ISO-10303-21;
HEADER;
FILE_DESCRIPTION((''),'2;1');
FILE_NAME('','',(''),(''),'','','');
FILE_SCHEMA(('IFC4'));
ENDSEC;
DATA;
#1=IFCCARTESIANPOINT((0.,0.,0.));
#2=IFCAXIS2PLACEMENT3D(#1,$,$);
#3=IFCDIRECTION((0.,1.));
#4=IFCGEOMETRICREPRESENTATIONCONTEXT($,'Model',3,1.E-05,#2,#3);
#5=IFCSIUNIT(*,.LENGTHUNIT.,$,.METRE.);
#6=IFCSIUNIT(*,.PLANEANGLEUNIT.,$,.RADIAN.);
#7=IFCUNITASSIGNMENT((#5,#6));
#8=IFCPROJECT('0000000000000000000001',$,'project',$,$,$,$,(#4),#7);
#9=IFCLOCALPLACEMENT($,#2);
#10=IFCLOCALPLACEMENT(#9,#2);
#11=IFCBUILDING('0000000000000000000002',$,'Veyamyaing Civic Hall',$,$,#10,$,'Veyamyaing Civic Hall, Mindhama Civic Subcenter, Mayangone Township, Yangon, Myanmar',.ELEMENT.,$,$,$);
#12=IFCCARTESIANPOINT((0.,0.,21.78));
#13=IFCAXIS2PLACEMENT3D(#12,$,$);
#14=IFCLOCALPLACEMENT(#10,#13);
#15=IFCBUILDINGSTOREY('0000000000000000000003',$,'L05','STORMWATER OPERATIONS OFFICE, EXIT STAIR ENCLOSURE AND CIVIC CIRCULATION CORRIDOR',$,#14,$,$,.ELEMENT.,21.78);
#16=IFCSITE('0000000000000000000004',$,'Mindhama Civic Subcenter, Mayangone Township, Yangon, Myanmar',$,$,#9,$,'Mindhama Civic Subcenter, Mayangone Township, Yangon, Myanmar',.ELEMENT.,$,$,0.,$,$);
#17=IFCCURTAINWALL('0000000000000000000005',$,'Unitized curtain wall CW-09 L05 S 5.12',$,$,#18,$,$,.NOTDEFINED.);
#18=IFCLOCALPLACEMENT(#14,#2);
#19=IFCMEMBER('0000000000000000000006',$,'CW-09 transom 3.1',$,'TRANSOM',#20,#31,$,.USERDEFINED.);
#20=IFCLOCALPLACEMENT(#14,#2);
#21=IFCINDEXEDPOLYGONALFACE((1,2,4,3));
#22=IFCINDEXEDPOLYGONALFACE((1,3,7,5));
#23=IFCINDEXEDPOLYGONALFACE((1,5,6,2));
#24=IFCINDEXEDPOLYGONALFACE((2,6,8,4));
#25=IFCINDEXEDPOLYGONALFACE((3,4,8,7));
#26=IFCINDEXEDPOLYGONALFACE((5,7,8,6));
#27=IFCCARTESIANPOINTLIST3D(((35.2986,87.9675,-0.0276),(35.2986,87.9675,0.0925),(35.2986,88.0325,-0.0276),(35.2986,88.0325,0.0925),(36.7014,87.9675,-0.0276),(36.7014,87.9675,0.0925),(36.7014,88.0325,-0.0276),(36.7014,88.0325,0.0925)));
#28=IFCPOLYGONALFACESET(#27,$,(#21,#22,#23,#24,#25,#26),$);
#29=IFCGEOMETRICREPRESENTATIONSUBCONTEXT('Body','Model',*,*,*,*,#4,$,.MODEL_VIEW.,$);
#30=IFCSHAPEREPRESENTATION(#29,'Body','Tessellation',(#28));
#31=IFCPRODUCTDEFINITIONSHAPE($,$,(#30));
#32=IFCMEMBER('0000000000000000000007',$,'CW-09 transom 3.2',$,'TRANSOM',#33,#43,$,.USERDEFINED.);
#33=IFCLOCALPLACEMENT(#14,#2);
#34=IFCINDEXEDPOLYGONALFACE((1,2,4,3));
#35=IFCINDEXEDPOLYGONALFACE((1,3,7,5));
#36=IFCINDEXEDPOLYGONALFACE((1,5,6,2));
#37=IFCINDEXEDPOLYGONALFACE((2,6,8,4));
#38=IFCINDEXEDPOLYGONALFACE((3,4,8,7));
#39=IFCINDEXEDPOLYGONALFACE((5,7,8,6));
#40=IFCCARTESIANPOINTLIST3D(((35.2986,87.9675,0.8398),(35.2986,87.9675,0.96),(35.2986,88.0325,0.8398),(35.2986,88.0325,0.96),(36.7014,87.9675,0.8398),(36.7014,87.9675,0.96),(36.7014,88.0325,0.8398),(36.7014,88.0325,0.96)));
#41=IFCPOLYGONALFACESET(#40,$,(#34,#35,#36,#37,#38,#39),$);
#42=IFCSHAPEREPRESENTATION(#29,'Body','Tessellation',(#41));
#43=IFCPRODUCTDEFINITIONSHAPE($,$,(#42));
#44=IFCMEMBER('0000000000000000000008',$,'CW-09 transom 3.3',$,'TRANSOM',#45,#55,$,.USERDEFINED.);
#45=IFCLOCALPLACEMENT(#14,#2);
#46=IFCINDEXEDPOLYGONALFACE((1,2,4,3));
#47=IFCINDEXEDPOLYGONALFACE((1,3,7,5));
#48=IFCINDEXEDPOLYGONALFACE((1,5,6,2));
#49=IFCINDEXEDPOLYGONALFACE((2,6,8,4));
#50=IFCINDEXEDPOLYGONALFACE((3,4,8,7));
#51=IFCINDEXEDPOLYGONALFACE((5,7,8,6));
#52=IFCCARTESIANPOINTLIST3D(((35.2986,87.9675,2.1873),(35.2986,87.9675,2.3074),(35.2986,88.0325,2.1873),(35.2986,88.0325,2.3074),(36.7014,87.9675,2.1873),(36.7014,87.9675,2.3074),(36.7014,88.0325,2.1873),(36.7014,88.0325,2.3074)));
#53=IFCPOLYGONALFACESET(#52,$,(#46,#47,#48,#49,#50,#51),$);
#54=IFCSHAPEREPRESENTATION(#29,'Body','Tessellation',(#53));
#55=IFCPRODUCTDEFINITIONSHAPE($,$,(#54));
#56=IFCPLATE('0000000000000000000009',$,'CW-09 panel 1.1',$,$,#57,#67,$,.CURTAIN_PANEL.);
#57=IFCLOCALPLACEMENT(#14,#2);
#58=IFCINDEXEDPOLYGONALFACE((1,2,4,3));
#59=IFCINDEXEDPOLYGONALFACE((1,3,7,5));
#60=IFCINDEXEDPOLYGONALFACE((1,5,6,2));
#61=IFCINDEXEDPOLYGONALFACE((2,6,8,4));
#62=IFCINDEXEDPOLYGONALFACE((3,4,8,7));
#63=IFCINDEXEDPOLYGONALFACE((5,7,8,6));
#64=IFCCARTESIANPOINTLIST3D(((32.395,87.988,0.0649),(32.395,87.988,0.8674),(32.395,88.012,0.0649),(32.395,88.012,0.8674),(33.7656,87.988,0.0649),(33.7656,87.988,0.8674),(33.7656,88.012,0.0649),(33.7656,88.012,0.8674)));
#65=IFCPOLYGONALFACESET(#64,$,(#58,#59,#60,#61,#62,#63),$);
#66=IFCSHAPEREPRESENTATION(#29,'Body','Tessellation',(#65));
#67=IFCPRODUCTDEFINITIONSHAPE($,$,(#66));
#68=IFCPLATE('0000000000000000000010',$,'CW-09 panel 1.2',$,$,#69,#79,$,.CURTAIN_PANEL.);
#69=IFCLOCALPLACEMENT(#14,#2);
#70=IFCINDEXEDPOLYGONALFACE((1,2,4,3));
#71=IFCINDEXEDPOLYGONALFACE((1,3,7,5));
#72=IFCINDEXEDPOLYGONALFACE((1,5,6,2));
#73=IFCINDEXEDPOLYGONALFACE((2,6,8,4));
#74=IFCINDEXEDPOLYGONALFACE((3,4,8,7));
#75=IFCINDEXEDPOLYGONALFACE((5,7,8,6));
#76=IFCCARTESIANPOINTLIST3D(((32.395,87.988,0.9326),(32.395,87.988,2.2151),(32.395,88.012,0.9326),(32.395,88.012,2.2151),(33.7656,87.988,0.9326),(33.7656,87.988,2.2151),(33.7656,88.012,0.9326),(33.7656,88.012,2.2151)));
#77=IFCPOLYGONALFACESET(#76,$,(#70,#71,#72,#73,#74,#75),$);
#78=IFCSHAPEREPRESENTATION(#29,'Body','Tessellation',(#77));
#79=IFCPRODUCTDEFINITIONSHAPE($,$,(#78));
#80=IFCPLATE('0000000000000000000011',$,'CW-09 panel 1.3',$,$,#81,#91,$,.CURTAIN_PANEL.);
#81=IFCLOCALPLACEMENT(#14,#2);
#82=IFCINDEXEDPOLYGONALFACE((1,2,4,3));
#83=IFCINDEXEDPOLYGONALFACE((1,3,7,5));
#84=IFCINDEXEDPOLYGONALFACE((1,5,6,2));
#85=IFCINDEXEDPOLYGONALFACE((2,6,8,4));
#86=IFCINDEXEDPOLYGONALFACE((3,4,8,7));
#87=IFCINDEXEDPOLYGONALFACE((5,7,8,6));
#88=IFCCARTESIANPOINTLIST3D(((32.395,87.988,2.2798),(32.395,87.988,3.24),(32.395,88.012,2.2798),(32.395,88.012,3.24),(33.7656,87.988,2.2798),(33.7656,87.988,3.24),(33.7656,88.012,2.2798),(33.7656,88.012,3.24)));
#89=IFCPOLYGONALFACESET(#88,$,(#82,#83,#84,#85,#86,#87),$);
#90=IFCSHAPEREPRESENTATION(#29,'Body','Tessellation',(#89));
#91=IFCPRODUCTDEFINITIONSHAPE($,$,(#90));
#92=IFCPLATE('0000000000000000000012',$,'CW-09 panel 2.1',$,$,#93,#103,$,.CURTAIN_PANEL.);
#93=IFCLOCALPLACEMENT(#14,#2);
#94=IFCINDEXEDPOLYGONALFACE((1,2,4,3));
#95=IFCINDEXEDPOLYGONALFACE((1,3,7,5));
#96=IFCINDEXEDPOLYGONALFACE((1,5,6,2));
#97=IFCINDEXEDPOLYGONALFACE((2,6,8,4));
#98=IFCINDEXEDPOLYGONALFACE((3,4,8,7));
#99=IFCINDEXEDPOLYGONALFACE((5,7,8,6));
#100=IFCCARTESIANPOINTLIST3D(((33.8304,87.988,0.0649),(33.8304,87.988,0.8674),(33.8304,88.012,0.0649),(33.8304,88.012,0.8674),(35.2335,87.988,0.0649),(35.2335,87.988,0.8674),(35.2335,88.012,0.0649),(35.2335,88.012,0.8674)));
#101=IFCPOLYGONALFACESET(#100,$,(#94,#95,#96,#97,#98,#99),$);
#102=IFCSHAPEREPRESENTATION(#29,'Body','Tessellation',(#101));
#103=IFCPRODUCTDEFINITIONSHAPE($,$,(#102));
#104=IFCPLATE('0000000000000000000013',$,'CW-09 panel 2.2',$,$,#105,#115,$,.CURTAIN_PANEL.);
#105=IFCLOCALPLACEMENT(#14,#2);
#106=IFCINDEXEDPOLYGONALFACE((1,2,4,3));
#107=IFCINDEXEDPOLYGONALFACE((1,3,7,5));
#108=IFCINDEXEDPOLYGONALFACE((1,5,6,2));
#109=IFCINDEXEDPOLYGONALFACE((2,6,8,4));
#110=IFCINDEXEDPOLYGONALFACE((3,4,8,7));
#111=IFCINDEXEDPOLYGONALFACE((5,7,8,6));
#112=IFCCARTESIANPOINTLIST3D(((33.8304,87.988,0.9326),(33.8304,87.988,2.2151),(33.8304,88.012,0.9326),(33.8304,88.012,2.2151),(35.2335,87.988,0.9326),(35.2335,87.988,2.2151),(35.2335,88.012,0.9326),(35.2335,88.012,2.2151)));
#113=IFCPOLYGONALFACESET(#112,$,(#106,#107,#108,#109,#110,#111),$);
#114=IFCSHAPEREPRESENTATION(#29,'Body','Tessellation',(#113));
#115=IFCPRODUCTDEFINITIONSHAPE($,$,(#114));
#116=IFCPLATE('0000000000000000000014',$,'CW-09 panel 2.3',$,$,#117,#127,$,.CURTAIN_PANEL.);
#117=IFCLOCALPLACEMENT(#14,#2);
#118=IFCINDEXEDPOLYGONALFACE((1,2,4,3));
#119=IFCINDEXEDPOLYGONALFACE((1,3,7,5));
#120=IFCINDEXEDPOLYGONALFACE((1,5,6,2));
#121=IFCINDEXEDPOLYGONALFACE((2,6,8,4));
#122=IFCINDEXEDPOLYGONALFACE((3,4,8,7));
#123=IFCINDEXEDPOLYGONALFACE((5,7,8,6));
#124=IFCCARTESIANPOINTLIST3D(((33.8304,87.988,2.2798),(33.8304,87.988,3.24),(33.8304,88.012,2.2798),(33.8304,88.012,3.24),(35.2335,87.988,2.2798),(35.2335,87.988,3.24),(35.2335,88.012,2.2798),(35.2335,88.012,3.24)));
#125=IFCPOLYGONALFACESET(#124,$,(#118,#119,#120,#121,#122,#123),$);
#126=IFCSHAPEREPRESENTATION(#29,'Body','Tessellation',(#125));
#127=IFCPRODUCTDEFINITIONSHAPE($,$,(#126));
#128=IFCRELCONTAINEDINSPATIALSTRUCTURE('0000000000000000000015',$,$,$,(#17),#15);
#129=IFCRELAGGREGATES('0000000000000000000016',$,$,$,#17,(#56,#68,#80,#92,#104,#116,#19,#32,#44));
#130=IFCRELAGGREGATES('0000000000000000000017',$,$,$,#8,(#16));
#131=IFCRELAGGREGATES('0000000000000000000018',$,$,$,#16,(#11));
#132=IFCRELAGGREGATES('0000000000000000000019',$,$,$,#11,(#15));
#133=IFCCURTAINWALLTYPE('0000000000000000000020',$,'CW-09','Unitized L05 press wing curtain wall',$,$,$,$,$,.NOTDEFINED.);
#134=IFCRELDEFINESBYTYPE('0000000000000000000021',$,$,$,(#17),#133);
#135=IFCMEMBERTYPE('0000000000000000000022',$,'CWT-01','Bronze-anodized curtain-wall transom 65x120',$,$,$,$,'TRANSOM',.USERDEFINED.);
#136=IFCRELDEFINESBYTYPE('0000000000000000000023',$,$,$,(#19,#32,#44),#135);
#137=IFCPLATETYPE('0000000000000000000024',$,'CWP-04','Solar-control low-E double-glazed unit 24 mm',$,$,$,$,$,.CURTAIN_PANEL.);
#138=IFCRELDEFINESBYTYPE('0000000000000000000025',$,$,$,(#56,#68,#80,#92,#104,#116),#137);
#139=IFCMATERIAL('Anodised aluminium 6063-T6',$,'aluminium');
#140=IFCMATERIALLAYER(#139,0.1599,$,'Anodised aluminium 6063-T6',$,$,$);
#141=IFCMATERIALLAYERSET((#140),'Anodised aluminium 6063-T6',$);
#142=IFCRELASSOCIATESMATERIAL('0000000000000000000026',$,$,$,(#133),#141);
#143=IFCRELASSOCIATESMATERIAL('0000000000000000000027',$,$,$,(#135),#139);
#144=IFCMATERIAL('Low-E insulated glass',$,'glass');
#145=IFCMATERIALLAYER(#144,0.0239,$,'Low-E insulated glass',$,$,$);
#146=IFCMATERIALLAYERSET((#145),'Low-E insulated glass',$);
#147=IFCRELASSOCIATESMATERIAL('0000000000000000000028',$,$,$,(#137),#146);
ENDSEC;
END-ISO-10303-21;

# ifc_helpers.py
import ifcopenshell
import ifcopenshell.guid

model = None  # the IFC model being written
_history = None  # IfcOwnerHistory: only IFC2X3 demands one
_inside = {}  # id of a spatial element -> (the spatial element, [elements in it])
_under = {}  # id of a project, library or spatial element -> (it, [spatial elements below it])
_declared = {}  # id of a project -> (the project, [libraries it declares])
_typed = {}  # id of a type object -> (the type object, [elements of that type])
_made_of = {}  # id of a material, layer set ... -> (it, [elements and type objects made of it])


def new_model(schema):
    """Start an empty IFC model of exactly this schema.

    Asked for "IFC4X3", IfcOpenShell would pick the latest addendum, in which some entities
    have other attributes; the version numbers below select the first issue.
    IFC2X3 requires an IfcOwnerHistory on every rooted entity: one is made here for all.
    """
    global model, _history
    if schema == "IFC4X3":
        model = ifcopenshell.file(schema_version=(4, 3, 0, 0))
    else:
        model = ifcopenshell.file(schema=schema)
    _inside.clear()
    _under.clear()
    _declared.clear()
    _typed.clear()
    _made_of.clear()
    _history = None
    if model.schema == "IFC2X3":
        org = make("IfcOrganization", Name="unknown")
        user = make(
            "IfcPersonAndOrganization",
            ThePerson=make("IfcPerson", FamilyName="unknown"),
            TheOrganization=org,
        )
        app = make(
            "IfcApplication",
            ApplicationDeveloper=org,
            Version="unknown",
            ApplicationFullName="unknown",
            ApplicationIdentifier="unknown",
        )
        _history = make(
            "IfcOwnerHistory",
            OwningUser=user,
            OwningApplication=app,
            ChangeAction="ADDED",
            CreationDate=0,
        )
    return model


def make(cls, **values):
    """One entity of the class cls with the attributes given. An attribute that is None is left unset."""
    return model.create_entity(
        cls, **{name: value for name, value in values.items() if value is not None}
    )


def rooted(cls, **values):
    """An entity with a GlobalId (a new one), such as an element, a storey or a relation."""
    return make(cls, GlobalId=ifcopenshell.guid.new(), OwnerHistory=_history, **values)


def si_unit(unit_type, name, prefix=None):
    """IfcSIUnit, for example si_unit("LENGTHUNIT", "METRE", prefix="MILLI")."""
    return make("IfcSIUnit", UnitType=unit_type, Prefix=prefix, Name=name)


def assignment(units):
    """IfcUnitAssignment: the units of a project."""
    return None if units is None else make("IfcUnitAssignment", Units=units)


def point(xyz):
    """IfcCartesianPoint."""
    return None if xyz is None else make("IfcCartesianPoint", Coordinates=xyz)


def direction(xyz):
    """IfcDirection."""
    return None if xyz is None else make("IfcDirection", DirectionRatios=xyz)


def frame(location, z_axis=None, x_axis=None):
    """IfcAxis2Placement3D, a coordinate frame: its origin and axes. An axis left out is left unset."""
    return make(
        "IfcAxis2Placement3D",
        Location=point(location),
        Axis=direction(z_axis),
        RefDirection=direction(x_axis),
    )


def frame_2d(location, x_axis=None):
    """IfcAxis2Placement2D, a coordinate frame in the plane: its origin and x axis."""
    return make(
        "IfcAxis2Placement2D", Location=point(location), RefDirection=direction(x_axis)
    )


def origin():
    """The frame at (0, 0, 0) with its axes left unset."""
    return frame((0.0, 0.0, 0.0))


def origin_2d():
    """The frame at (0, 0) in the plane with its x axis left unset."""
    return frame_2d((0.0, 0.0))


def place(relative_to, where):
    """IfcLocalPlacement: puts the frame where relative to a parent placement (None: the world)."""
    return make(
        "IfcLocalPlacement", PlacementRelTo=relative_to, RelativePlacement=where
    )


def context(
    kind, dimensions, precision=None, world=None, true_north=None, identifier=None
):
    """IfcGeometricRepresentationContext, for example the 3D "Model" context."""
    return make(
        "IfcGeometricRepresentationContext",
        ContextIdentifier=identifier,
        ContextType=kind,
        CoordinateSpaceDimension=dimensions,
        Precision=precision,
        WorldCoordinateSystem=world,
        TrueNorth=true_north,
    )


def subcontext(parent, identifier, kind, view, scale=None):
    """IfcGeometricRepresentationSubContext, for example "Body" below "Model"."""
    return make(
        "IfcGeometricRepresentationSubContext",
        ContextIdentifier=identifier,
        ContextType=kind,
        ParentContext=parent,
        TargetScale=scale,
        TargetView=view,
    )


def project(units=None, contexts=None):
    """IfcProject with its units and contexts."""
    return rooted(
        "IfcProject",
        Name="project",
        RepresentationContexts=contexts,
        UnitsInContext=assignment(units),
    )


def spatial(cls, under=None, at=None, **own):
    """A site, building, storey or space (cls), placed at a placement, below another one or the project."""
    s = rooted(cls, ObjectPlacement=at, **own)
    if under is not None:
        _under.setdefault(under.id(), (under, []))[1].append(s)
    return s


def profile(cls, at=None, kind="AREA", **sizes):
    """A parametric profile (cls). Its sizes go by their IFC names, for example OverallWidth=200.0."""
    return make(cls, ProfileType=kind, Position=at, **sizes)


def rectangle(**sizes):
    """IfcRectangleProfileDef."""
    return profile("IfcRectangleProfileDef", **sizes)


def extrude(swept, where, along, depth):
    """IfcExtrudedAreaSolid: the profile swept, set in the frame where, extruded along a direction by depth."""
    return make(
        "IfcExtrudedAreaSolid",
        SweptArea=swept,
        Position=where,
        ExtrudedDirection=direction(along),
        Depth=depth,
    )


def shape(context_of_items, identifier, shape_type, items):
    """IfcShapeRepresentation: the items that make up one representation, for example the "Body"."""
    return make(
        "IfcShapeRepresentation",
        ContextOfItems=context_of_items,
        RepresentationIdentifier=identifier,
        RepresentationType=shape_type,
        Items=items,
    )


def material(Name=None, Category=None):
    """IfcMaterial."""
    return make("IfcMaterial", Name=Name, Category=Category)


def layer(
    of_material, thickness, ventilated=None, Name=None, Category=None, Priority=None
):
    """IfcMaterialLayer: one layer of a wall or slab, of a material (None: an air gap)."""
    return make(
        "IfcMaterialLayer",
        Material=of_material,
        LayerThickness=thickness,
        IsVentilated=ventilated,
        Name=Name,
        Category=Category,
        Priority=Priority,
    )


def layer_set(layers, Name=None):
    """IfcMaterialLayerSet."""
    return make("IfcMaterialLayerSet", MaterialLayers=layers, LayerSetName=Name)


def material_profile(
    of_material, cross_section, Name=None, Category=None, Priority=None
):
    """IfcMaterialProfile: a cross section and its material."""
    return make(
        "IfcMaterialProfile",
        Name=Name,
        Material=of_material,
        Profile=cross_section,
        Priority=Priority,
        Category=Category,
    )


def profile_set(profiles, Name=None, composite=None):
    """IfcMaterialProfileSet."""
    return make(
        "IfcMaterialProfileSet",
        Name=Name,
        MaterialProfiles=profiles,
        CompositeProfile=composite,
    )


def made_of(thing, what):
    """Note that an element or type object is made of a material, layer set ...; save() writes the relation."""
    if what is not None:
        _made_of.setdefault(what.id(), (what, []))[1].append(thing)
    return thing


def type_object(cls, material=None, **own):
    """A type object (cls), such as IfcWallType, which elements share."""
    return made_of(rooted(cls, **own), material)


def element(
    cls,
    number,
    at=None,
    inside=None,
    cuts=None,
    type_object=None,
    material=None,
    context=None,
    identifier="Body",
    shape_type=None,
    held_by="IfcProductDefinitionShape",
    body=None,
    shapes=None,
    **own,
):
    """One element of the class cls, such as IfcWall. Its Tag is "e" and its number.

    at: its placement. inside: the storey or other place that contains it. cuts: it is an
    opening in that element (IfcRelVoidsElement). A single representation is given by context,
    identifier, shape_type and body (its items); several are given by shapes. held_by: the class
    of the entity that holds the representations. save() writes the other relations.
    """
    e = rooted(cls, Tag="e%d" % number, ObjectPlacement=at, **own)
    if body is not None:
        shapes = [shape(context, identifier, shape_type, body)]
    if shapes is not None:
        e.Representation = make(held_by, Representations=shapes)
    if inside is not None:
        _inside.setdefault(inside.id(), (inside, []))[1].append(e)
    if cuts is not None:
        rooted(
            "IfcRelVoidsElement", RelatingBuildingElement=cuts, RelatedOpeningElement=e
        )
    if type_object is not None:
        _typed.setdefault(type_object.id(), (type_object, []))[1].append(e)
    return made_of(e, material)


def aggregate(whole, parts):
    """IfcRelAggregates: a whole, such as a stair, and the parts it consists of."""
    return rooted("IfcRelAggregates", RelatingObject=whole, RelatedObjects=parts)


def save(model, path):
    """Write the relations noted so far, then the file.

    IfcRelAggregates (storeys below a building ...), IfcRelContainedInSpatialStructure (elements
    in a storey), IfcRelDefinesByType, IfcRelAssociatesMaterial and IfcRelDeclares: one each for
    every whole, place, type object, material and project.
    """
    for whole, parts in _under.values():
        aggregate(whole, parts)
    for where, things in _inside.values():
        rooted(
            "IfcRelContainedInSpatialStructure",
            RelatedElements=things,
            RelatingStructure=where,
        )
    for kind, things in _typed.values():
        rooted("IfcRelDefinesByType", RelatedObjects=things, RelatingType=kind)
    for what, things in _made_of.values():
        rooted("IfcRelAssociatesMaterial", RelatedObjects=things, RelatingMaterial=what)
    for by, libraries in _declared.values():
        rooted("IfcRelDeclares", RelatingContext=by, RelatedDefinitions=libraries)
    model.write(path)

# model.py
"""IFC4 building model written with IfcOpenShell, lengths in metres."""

from ifc_helpers import new_model, si_unit, direction, frame, origin, origin_2d, place, context, subcontext, project, spatial, rectangle, extrude, material, layer, layer_set, material_profile, profile_set, type_object, element, aggregate, save


model = new_model("IFC4")

# Units and contexts
model_context = context("Model", 3, precision=1e-05, world=origin(), true_north=direction((0.0, 1.0)))
body_context = subcontext(model_context, "Body", "Model", "MODEL_VIEW")
ifc_project = project(units=[si_unit("LENGTHUNIT", "METRE"), si_unit("PLANEANGLEUNIT", "RADIAN")], contexts=[model_context])

# Site, building, storey
site_placement = place(None, origin())
site = spatial("IfcSite", under=ifc_project, at=site_placement, Name="Mindhama Civic Subcenter, Mayangone Township, Yangon, Myanmar", LongName="Mindhama Civic Subcenter, Mayangone Township, Yangon, Myanmar", CompositionType="ELEMENT", RefElevation=0.0)
building_placement = place(site_placement, origin())
building = spatial("IfcBuilding", under=site, at=building_placement, Name="Veyamyaing Civic Hall", LongName="Veyamyaing Civic Hall, Mindhama Civic Subcenter, Mayangone Township, Yangon, Myanmar", CompositionType="ELEMENT")
storey_placement = place(building_placement, frame((0.0, 0.0, 21.78)))
storey = spatial("IfcBuildingStorey", under=building, at=storey_placement, Name="L05", Description="STORMWATER OPERATIONS OFFICE, EXIT STAIR ENCLOSURE AND CIVIC CIRCULATION CORRIDOR", CompositionType="ELEMENT", Elevation=21.78)

# Curtain wall, members, plates
ifc_material_1 = material(Name="Anodised aluminium 6063-T6", Category="aluminium")
ifc_layer_1 = layer(ifc_material_1, 0.1599, Name="Anodised aluminium 6063-T6")
ifc_layer_set_1 = layer_set([ifc_layer_1], Name="Anodised aluminium 6063-T6")
curtain_wall_type = type_object("IfcCurtainWallType", Name="CW-09", Description="Unitized L05 press wing curtain wall", PredefinedType="NOTDEFINED", material=ifc_layer_set_1)
curtain_wall_placement = place(storey_placement, origin())
curtain_wall = element("IfcCurtainWall", 1, at=curtain_wall_placement, inside=storey, type_object=curtain_wall_type, Name="Unitized curtain wall CW-09 L05 S 5.12", PredefinedType="NOTDEFINED")
ifc_material_profile_1 = material_profile(ifc_material_1, rectangle(XDim=0.0649, YDim=0.1201, at=origin_2d()), Name="ALU-TRN-65X120")
ifc_profile_set_1 = profile_set([ifc_material_profile_1], Name="Anodised aluminium 6063-T6")
member_type_1 = type_object("IfcMemberType", Name="CWT-01", Description="Bronze-anodized curtain-wall transom 65x120", ElementType="TRANSOM", PredefinedType="USERDEFINED", material=ifc_profile_set_1)
member_1_placement = place(storey_placement, frame((35.2986, 88.0, 0.0325), z_axis=(1.0, 0.0, 0.0), x_axis=(0.0, 1.0, 0.0)))
member_1 = element("IfcMember", 2, at=member_1_placement, type_object=member_type_1, Name="CW-09 transom 3.1", ObjectType="TRANSOM", PredefinedType="USERDEFINED", context=body_context, shape_type="SweptSolid", body=[
    extrude(rectangle(XDim=0.0649, YDim=0.1201, at=origin_2d()), origin(), (0.0, 0.0, 1.0), 1.4028),
])
member_2_placement = place(storey_placement, frame((35.2986, 88.0, 0.8999), z_axis=(1.0, 0.0, 0.0), x_axis=(0.0, 1.0, 0.0)))
member_2 = element("IfcMember", 3, at=member_2_placement, type_object=member_type_1, Name="CW-09 transom 3.2", ObjectType="TRANSOM", PredefinedType="USERDEFINED", context=body_context, shape_type="SweptSolid", body=[
    extrude(rectangle(XDim=0.0649, YDim=0.1201, at=origin_2d()), origin(), (0.0, 0.0, 1.0), 1.4028),
])
member_3_placement = place(storey_placement, frame((35.2986, 88.0, 2.2473), z_axis=(1.0, 0.0, 0.0), x_axis=(0.0, 1.0, 0.0)))
member_3 = element("IfcMember", 4, at=member_3_placement, type_object=member_type_1, Name="CW-09 transom 3.3", ObjectType="TRANSOM", PredefinedType="USERDEFINED", context=body_context, shape_type="SweptSolid", body=[
    extrude(rectangle(XDim=0.0649, YDim=0.1201, at=origin_2d()), origin(), (0.0, 0.0, 1.0), 1.4028),
])
ifc_material_2 = material(Name="Low-E insulated glass", Category="glass")
ifc_layer_2 = layer(ifc_material_2, 0.0239, Name="Low-E insulated glass")
ifc_layer_set_2 = layer_set([ifc_layer_2], Name="Low-E insulated glass")
plate_type = type_object("IfcPlateType", Name="CWP-04", Description="Solar-control low-E double-glazed unit 24 mm", PredefinedType="CURTAIN_PANEL", material=ifc_layer_set_2)
plate_1_placement = place(storey_placement, frame((33.0803, 88.0, 0.0649), z_axis=(0.0, 0.0, 1.0), x_axis=(1.0, 0.0, 0.0)))
plate_1 = element("IfcPlate", 5, at=plate_1_placement, type_object=plate_type, Name="CW-09 panel 1.1", PredefinedType="CURTAIN_PANEL", context=body_context, shape_type="SweptSolid", body=[
    extrude(rectangle(XDim=1.3706, YDim=0.0239, at=origin_2d()), origin(), (0.0, 0.0, 1.0), 0.8025),
])
plate_2_placement = place(storey_placement, frame((33.0803, 88.0, 0.9326), z_axis=(0.0, 0.0, 1.0), x_axis=(1.0, 0.0, 0.0)))
plate_2 = element("IfcPlate", 6, at=plate_2_placement, type_object=plate_type, Name="CW-09 panel 1.2", PredefinedType="CURTAIN_PANEL", context=body_context, shape_type="SweptSolid", body=[
    extrude(rectangle(XDim=1.3706, YDim=0.0239, at=origin_2d()), origin(), (0.0, 0.0, 1.0), 1.2825),
])
plate_3_placement = place(storey_placement, frame((33.0803, 88.0, 2.2798), z_axis=(0.0, 0.0, 1.0), x_axis=(1.0, 0.0, 0.0)))
plate_3 = element("IfcPlate", 7, at=plate_3_placement, type_object=plate_type, Name="CW-09 panel 1.3", PredefinedType="CURTAIN_PANEL", context=body_context, shape_type="SweptSolid", body=[
    extrude(rectangle(XDim=1.3706, YDim=0.0239, at=origin_2d()), origin(), (0.0, 0.0, 1.0), 0.9602),
])
plate_4_placement = place(storey_placement, frame((34.532, 88.0, 0.0649), z_axis=(0.0, 0.0, 1.0), x_axis=(1.0, 0.0, 0.0)))
plate_4 = element("IfcPlate", 8, at=plate_4_placement, type_object=plate_type, Name="CW-09 panel 2.1", PredefinedType="CURTAIN_PANEL", context=body_context, shape_type="SweptSolid", body=[
    extrude(rectangle(XDim=1.4031, YDim=0.0239, at=origin_2d()), origin(), (0.0, 0.0, 1.0), 0.8025),
])
plate_5_placement = place(storey_placement, frame((34.532, 88.0, 0.9326), z_axis=(0.0, 0.0, 1.0), x_axis=(1.0, 0.0, 0.0)))
plate_5 = element("IfcPlate", 9, at=plate_5_placement, type_object=plate_type, Name="CW-09 panel 2.2", PredefinedType="CURTAIN_PANEL", context=body_context, shape_type="SweptSolid", body=[
    extrude(rectangle(XDim=1.4031, YDim=0.0239, at=origin_2d()), origin(), (0.0, 0.0, 1.0), 1.2825),
])
plate_6_placement = place(storey_placement, frame((34.532, 88.0, 2.2798), z_axis=(0.0, 0.0, 1.0), x_axis=(1.0, 0.0, 0.0)))
plate_6 = element("IfcPlate", 10, at=plate_6_placement, type_object=plate_type, Name="CW-09 panel 2.3", PredefinedType="CURTAIN_PANEL", context=body_context, shape_type="SweptSolid", body=[
    extrude(rectangle(XDim=1.4031, YDim=0.0239, at=origin_2d()), origin(), (0.0, 0.0, 1.0), 0.9602),
])
aggregate(curtain_wall, [plate_1, plate_2, plate_3, plate_4, plate_5, plate_6, member_1, member_2, member_3])

save(model, "model.ifc")
